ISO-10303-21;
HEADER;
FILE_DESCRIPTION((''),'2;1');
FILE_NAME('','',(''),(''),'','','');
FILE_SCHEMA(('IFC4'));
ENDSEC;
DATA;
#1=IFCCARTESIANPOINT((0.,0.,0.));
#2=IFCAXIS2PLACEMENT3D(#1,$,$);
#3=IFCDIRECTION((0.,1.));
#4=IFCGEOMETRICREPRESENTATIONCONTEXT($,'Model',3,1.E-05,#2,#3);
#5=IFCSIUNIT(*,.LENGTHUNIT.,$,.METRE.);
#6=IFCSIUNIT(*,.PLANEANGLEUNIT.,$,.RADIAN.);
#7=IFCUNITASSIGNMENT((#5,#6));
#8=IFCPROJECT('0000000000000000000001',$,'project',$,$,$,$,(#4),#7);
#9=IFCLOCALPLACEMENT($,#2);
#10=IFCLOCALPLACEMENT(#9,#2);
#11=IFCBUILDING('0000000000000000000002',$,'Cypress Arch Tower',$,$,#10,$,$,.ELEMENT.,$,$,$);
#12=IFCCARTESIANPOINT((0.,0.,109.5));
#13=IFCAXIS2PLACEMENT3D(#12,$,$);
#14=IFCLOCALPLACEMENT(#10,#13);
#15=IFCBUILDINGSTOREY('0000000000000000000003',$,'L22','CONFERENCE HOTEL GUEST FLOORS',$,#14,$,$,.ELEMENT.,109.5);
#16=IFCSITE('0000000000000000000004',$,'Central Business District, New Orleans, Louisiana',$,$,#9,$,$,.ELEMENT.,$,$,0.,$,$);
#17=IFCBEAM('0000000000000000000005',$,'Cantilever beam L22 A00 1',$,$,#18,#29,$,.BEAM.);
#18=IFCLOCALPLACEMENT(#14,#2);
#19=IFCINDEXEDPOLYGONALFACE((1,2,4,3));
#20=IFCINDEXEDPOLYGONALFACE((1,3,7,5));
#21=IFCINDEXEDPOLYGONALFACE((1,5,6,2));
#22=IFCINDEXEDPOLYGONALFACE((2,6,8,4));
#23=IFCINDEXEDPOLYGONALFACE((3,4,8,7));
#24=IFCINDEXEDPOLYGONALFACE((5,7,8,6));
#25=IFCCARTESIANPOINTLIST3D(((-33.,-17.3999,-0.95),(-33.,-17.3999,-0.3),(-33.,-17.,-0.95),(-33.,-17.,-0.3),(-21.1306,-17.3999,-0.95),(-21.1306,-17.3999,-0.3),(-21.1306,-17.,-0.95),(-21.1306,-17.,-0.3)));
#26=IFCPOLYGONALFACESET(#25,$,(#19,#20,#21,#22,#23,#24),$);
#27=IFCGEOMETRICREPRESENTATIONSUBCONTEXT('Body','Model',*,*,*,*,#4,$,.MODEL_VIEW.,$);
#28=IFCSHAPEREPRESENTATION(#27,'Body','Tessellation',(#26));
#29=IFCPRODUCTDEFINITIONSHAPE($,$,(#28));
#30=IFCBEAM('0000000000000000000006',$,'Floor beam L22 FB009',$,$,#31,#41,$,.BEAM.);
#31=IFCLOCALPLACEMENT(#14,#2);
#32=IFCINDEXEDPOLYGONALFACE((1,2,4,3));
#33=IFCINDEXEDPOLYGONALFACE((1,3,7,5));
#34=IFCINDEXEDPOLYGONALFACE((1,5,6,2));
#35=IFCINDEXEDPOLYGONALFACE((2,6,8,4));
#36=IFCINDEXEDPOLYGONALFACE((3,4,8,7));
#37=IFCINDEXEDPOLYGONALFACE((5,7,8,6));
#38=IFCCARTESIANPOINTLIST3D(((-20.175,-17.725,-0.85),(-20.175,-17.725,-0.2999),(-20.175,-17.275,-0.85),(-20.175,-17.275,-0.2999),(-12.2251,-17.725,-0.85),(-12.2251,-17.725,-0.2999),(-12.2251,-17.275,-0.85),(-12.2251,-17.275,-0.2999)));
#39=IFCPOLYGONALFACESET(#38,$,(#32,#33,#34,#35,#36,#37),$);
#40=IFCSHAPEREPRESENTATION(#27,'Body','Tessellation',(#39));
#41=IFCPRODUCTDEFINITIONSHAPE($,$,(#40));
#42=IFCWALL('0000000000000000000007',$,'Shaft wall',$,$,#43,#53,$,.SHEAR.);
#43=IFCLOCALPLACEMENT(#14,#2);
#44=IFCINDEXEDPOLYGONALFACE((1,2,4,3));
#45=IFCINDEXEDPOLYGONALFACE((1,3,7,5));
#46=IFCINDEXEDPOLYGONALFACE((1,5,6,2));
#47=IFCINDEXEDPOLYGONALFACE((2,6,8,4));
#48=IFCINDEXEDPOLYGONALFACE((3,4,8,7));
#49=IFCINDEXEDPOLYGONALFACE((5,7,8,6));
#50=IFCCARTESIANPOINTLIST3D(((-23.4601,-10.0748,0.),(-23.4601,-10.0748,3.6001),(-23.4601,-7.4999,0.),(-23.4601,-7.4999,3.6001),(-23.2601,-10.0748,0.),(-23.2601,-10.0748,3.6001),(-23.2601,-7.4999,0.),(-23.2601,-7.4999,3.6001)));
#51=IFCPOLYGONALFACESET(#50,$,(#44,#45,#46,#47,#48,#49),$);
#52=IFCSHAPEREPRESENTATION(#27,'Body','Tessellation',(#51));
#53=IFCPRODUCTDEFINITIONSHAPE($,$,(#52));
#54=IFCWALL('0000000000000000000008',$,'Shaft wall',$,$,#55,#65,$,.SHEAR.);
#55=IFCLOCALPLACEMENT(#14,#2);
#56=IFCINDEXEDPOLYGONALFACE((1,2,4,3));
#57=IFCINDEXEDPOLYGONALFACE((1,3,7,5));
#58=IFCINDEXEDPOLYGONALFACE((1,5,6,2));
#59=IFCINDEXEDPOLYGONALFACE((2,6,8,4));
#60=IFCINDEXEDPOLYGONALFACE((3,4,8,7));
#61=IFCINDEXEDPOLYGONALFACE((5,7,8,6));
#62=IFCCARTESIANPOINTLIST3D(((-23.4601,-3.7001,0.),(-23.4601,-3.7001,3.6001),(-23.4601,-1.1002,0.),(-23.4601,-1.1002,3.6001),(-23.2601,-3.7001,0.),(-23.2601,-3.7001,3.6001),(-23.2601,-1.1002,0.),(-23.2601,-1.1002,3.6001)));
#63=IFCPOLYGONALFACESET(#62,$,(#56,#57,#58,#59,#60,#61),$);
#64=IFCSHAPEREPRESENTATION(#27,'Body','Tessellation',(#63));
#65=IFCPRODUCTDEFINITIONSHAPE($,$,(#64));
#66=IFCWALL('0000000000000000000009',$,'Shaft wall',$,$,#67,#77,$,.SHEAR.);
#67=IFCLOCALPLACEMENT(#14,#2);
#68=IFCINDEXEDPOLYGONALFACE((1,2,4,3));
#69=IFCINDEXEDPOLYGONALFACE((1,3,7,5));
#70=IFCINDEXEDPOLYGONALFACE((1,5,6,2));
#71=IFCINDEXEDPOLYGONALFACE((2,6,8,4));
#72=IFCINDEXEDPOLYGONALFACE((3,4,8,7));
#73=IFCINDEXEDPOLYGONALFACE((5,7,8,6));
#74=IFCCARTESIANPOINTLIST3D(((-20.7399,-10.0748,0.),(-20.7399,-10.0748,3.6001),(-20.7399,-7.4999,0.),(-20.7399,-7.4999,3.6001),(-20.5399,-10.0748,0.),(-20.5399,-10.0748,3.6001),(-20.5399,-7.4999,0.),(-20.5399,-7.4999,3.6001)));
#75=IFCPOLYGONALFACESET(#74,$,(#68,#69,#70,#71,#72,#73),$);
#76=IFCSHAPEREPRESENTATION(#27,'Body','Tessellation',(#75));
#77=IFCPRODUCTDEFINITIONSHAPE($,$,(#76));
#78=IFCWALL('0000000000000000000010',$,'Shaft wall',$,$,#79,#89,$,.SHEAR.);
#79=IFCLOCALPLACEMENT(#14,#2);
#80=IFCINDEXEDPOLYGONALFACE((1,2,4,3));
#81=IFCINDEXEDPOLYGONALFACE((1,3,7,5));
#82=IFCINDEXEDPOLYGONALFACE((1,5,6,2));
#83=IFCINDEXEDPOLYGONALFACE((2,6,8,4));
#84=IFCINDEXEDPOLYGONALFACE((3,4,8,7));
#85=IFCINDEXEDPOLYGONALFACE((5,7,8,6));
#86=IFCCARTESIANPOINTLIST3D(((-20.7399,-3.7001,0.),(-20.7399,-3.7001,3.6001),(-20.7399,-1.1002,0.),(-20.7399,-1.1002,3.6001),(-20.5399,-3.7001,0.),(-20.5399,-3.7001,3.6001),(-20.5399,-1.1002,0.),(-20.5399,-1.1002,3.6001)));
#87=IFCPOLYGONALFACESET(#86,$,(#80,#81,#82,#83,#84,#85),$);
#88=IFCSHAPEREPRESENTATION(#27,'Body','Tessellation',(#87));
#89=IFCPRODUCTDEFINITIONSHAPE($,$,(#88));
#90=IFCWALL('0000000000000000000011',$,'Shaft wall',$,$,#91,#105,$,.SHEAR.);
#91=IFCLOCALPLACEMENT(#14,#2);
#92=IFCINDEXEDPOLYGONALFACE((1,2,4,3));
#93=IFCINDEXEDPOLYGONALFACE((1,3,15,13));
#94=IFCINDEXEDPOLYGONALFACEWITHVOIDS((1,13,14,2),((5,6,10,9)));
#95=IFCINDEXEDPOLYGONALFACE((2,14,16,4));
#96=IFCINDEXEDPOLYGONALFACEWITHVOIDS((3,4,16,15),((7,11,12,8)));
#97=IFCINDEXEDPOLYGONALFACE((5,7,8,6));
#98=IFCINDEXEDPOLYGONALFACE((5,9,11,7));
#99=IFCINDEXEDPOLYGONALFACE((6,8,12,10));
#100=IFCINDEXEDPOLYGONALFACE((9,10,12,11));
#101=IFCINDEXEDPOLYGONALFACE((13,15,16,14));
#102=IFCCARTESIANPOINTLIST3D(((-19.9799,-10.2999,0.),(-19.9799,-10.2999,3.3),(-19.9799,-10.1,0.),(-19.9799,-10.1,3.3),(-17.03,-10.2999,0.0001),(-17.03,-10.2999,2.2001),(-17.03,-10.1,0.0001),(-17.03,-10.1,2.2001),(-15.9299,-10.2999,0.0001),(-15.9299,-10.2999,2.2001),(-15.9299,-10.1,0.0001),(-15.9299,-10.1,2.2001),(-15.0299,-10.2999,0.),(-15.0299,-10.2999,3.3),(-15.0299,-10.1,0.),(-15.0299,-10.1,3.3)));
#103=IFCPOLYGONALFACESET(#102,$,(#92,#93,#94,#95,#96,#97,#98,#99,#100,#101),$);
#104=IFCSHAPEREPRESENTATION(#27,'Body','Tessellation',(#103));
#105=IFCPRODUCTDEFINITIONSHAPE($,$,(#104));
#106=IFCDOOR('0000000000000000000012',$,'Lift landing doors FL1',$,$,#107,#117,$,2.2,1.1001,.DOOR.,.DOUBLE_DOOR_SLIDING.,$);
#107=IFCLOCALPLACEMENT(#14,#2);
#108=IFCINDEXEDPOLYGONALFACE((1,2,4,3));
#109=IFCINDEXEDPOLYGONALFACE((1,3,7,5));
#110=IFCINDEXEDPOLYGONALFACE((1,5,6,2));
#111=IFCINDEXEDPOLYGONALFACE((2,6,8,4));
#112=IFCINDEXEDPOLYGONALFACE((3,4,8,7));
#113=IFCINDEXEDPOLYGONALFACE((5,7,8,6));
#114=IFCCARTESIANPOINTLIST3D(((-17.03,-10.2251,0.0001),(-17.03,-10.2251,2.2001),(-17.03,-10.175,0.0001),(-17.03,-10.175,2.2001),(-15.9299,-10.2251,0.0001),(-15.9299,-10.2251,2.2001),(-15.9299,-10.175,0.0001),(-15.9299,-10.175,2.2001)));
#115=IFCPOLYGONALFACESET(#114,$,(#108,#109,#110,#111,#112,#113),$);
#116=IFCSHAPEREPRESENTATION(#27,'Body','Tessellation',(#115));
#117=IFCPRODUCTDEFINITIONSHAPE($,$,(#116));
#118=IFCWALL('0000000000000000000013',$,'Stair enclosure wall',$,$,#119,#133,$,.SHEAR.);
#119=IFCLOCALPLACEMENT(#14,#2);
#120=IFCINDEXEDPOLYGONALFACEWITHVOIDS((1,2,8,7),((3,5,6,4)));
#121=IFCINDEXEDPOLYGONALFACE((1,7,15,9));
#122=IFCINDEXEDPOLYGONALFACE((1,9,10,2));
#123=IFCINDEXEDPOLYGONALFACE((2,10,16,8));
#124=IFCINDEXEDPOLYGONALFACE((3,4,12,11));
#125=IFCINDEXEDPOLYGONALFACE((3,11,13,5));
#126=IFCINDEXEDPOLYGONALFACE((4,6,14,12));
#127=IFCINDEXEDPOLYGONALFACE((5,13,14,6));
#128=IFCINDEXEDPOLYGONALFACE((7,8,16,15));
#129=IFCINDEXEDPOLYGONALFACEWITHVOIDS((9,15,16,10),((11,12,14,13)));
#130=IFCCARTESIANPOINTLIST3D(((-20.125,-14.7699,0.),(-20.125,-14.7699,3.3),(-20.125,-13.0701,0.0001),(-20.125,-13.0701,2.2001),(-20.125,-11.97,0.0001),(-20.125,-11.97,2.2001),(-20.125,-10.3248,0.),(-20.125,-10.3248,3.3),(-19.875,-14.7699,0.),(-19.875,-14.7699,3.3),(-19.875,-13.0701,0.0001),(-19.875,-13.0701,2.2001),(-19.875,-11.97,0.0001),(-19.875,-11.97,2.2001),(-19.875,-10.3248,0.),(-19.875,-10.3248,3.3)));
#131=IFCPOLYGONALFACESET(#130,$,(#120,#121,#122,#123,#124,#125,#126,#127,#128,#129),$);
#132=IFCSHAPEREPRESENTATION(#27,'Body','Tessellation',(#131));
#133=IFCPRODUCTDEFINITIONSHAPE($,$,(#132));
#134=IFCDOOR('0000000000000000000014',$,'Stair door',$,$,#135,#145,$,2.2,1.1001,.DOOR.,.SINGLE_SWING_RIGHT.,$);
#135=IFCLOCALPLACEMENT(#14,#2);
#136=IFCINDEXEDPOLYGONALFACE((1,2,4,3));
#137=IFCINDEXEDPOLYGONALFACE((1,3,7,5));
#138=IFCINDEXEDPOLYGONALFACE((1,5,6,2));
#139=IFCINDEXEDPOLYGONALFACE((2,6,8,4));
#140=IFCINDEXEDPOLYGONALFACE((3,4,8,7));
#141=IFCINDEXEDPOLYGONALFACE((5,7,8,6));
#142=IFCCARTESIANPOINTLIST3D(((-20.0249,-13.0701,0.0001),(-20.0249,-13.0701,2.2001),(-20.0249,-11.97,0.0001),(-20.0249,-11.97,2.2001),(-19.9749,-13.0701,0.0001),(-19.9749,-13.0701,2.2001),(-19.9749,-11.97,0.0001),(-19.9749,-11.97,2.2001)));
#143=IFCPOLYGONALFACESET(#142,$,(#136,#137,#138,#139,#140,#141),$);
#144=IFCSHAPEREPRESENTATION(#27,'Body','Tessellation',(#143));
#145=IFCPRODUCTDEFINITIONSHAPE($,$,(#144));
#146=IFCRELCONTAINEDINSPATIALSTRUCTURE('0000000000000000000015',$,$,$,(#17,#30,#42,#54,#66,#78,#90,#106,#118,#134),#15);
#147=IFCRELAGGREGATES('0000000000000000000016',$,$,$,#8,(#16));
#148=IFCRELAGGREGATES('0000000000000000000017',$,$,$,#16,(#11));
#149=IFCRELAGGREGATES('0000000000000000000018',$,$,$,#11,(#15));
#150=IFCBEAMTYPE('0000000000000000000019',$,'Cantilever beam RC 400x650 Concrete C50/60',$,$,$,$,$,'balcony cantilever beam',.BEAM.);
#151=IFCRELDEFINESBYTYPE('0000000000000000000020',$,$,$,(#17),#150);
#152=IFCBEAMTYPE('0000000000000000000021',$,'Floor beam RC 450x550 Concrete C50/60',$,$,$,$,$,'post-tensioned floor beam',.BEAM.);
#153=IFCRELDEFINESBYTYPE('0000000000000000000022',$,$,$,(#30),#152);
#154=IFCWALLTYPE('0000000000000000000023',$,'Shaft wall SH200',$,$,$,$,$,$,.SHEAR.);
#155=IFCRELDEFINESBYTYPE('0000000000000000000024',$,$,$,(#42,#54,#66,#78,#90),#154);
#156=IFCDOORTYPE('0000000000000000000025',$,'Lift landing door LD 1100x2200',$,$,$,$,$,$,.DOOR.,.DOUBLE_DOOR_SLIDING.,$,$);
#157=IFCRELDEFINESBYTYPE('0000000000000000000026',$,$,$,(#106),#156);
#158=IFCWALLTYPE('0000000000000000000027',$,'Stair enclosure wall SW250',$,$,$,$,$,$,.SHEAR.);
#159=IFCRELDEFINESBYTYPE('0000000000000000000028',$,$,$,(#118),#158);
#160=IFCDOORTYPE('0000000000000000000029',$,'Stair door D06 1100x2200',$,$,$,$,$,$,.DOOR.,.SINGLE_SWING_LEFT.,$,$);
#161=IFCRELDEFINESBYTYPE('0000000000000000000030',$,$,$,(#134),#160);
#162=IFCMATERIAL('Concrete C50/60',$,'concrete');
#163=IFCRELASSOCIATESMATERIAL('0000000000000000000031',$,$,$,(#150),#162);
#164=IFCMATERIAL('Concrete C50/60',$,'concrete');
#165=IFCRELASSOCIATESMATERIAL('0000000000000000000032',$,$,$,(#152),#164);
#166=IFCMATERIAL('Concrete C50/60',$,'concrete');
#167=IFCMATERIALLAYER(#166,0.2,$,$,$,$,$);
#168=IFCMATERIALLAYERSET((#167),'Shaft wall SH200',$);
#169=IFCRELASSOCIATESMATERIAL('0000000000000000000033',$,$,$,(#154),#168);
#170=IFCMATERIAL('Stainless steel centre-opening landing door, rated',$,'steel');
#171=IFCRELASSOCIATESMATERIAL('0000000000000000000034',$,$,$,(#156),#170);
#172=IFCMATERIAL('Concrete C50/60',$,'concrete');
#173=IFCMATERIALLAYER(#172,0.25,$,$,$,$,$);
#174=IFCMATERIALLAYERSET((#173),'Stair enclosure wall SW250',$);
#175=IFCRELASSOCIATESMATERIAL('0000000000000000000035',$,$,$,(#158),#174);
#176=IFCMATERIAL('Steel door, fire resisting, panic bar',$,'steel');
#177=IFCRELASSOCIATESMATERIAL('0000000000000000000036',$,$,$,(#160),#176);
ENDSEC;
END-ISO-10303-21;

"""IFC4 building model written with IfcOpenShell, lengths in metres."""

from ifc_helpers import new_model, si_unit, direction, frame, frame_2d, origin, origin_2d, place, context, subcontext, project, spatial, rectangle, extrude, material, layer, layer_set, material_profile, profile_set, type_object, element, fill, save


model = new_model("IFC4")

# Units and contexts
model_context = context("Model", 3, precision=1e-05, world=origin(), true_north=direction((0.0, 1.0)))
body_context = subcontext(model_context, "Body", "Model", "MODEL_VIEW")
ifc_project = project(units=[si_unit("LENGTHUNIT", "METRE"), si_unit("PLANEANGLEUNIT", "RADIAN")], contexts=[model_context])

# Site, building, storey
site_placement = place(None, origin())
site = spatial("IfcSite", under=ifc_project, at=site_placement, Name="Central Business District, New Orleans, Louisiana", CompositionType="ELEMENT", RefElevation=0.0)
building_placement = place(site_placement, origin())
building = spatial("IfcBuilding", under=site, at=building_placement, Name="Cypress Arch Tower", CompositionType="ELEMENT")
storey_placement = place(building_placement, frame((0.0, 0.0, 109.5)))
storey = spatial("IfcBuildingStorey", under=building, at=storey_placement, Name="L22", Description="CONFERENCE HOTEL GUEST FLOORS", CompositionType="ELEMENT", Elevation=109.5)

# Beams
ifc_material_1 = material(Name="Concrete C50/60", Category="concrete")
ifc_material_profile_1 = material_profile(ifc_material_1, rectangle(XDim=0.3999, YDim=0.6499, at=origin_2d()), Name="RC 400x650")
ifc_profile_set_1 = profile_set([ifc_material_profile_1], Name="Concrete C50/60")
beam_type_1 = type_object("IfcBeamType", Name="Cantilever beam RC 400x650 Concrete C50/60", ElementType="balcony cantilever beam", PredefinedType="BEAM", material=ifc_profile_set_1)
beam_1_placement = place(storey_placement, frame((-21.1306, -17.2, -0.625), z_axis=(-1.0, 0.0, 0.0), x_axis=(0.0, -1.0, 0.0)))
element("IfcBeam", 1, at=beam_1_placement, inside=storey, type_object=beam_type_1, Name="Cantilever beam L22 A00 1", PredefinedType="BEAM", context=body_context, shape_type="SweptSolid", body=[
    extrude(rectangle(XDim=0.3999, YDim=0.6499, at=origin_2d()), origin(), (0.0, 0.0, 1.0), 11.8694),
])
ifc_material_2 = material(Name="Concrete C50/60", Category="concrete")
ifc_material_profile_2 = material_profile(ifc_material_2, rectangle(XDim=0.45, YDim=0.55, at=origin_2d()), Name="RC 450x550")
ifc_profile_set_2 = profile_set([ifc_material_profile_2], Name="Concrete C50/60")
beam_type_2 = type_object("IfcBeamType", Name="Floor beam RC 450x550 Concrete C50/60", ElementType="post-tensioned floor beam", PredefinedType="BEAM", material=ifc_profile_set_2)
beam_2_placement = place(storey_placement, frame((-20.175, -17.5, -0.575), z_axis=(1.0, 0.0, 0.0), x_axis=(0.0, 1.0, 0.0)))
element("IfcBeam", 2, at=beam_2_placement, inside=storey, type_object=beam_type_2, Name="Floor beam L22 FB009", PredefinedType="BEAM", context=body_context, shape_type="SweptSolid", body=[
    extrude(rectangle(XDim=0.45, YDim=0.55, at=origin_2d()), origin(), (0.0, 0.0, 1.0), 7.95),
])

# Walls
ifc_material_3 = material(Name="Concrete C50/60", Category="concrete")
ifc_layer_1 = layer(ifc_material_3, 0.2)
ifc_layer_set_1 = layer_set([ifc_layer_1], Name="Shaft wall SH200")
wall_type_1 = type_object("IfcWallType", Name="Shaft wall SH200", PredefinedType="SHEAR", material=ifc_layer_set_1)
wall_1_placement = place(storey_placement, frame((-23.3601, -10.075, 0.0), z_axis=(0.0, 0.0, 1.0), x_axis=(0.0, 1.0, 0.0)))
element("IfcWall", 3, at=wall_1_placement, inside=storey, type_object=wall_type_1, Name="Shaft wall", PredefinedType="SHEAR", context=body_context, shape_type="SweptSolid", body=[
    extrude(rectangle(XDim=2.575, YDim=0.2, at=frame_2d((1.2876, 0.0))), origin(), (0.0, 0.0, 1.0), 3.6001),
])
wall_2_placement = place(storey_placement, frame((-23.3601, -3.7, 0.0), z_axis=(0.0, 0.0, 1.0), x_axis=(0.0, 1.0, 0.0)))
element("IfcWall", 4, at=wall_2_placement, inside=storey, type_object=wall_type_1, Name="Shaft wall", PredefinedType="SHEAR", context=body_context, shape_type="SweptSolid", body=[
    extrude(rectangle(XDim=2.5999, YDim=0.2, at=frame_2d((1.2998, 0.0))), origin(), (0.0, 0.0, 1.0), 3.6001),
])
wall_3_placement = place(storey_placement, frame((-20.6399, -10.075, 0.0), z_axis=(0.0, 0.0, 1.0), x_axis=(0.0, 1.0, 0.0)))
element("IfcWall", 5, at=wall_3_placement, inside=storey, type_object=wall_type_1, Name="Shaft wall", PredefinedType="SHEAR", context=body_context, shape_type="SweptSolid", body=[
    extrude(rectangle(XDim=2.575, YDim=0.2, at=frame_2d((1.2876, 0.0))), origin(), (0.0, 0.0, 1.0), 3.6001),
])
wall_4_placement = place(storey_placement, frame((-20.6399, -3.7, 0.0), z_axis=(0.0, 0.0, 1.0), x_axis=(0.0, 1.0, 0.0)))
element("IfcWall", 6, at=wall_4_placement, inside=storey, type_object=wall_type_1, Name="Shaft wall", PredefinedType="SHEAR", context=body_context, shape_type="SweptSolid", body=[
    extrude(rectangle(XDim=2.5999, YDim=0.2, at=frame_2d((1.2998, 0.0))), origin(), (0.0, 0.0, 1.0), 3.6001),
])

# Walls, openings, doors
wall_5_placement = place(storey_placement, frame((-19.98, -10.2, 0.0), z_axis=(0.0, 0.0, 1.0), x_axis=(1.0, 0.0, 0.0)))
wall_5 = element("IfcWall", 7, at=wall_5_placement, inside=storey, type_object=wall_type_1, Name="Shaft wall", PredefinedType="SHEAR", context=body_context, shape_type="SweptSolid", body=[
    extrude(rectangle(XDim=4.95, YDim=0.2, at=frame_2d((2.4751, 0.0))), origin(), (0.0, 0.0, 1.0), 3.3),
])
opening_1_placement = place(wall_5_placement, frame((2.95, 0.0, 0.0)))
opening_1 = element("IfcOpeningElement", 8, at=opening_1_placement, cuts=wall_5, PredefinedType="OPENING", context=body_context, shape_type="SweptSolid", body=[
    extrude(rectangle(XDim=1.1001, YDim=2.2, at=frame_2d((0.55, 1.1001))), frame((0.0, 0.1099, 0.0), z_axis=(0.0, -1.0, 0.0), x_axis=(1.0, 0.0, 0.0)), (0.0, 0.0, 1.0), 0.22),
])
ifc_material_4 = material(Name="Stainless steel centre-opening landing door, rated", Category="steel")
door_type_1 = type_object("IfcDoorType", Name="Lift landing door LD 1100x2200", OperationType="DOUBLE_DOOR_SLIDING", PredefinedType="DOOR", material=ifc_material_4)
door_1_placement = place(opening_1_placement, origin())
door_1 = element("IfcDoor", 9, at=door_1_placement, inside=storey, type_object=door_type_1, Name="Lift landing doors FL1", OperationType="DOUBLE_DOOR_SLIDING", OverallHeight=2.2, OverallWidth=1.1001, PredefinedType="DOOR", context=body_context, shape_type="SweptSolid", body=[
    extrude(rectangle(XDim=1.1001, YDim=2.2, at=frame_2d((0.55, 1.1001))), frame((0.0, 0.0249, 0.0), z_axis=(0.0, -1.0, 0.0), x_axis=(1.0, 0.0, 0.0)), (0.0, 0.0, 1.0), 0.05),
])
fill(opening_1, door_1)
ifc_material_5 = material(Name="Concrete C50/60", Category="concrete")
ifc_layer_2 = layer(ifc_material_5, 0.25)
ifc_layer_set_2 = layer_set([ifc_layer_2], Name="Stair enclosure wall SW250")
wall_type_2 = type_object("IfcWallType", Name="Stair enclosure wall SW250", PredefinedType="SHEAR", material=ifc_layer_set_2)
wall_6_placement = place(storey_placement, frame((-20.0, -14.77, 0.0), z_axis=(0.0, 0.0, 1.0), x_axis=(0.0, 1.0, 0.0)))
wall_6 = element("IfcWall", 10, at=wall_6_placement, inside=storey, type_object=wall_type_2, Name="Stair enclosure wall", PredefinedType="SHEAR", context=body_context, shape_type="SweptSolid", body=[
    extrude(rectangle(XDim=4.4451, YDim=0.25, at=frame_2d((2.2227, 0.0))), origin(), (0.0, 0.0, 1.0), 3.3),
])
opening_2_placement = place(wall_6_placement, frame((1.7, 0.0, 0.0)))
opening_2 = element("IfcOpeningElement", 11, at=opening_2_placement, cuts=wall_6, PredefinedType="OPENING", context=body_context, shape_type="SweptSolid", body=[
    extrude(rectangle(XDim=1.1001, YDim=2.2, at=frame_2d((0.55, 1.1001))), frame((0.0, 0.135, 0.0), z_axis=(0.0, -1.0, 0.0), x_axis=(1.0, 0.0, 0.0)), (0.0, 0.0, 1.0), 0.27),
])
ifc_material_6 = material(Name="Steel door, fire resisting, panic bar", Category="steel")
door_type_2 = type_object("IfcDoorType", Name="Stair door D06 1100x2200", OperationType="SINGLE_SWING_LEFT", PredefinedType="DOOR", material=ifc_material_6)
door_2_placement = place(opening_2_placement, origin())
door_2 = element("IfcDoor", 12, at=door_2_placement, inside=storey, type_object=door_type_2, Name="Stair door", OperationType="SINGLE_SWING_RIGHT", OverallHeight=2.2, OverallWidth=1.1001, PredefinedType="DOOR", context=body_context, shape_type="SweptSolid", body=[
    extrude(rectangle(XDim=1.1001, YDim=2.2, at=frame_2d((0.55, 1.1001))), frame((0.0, 0.0249, 0.0), z_axis=(0.0, -1.0, 0.0), x_axis=(1.0, 0.0, 0.0)), (0.0, 0.0, 1.0), 0.05),
])
fill(opening_2, door_2)

save(model, "model.ifc")
